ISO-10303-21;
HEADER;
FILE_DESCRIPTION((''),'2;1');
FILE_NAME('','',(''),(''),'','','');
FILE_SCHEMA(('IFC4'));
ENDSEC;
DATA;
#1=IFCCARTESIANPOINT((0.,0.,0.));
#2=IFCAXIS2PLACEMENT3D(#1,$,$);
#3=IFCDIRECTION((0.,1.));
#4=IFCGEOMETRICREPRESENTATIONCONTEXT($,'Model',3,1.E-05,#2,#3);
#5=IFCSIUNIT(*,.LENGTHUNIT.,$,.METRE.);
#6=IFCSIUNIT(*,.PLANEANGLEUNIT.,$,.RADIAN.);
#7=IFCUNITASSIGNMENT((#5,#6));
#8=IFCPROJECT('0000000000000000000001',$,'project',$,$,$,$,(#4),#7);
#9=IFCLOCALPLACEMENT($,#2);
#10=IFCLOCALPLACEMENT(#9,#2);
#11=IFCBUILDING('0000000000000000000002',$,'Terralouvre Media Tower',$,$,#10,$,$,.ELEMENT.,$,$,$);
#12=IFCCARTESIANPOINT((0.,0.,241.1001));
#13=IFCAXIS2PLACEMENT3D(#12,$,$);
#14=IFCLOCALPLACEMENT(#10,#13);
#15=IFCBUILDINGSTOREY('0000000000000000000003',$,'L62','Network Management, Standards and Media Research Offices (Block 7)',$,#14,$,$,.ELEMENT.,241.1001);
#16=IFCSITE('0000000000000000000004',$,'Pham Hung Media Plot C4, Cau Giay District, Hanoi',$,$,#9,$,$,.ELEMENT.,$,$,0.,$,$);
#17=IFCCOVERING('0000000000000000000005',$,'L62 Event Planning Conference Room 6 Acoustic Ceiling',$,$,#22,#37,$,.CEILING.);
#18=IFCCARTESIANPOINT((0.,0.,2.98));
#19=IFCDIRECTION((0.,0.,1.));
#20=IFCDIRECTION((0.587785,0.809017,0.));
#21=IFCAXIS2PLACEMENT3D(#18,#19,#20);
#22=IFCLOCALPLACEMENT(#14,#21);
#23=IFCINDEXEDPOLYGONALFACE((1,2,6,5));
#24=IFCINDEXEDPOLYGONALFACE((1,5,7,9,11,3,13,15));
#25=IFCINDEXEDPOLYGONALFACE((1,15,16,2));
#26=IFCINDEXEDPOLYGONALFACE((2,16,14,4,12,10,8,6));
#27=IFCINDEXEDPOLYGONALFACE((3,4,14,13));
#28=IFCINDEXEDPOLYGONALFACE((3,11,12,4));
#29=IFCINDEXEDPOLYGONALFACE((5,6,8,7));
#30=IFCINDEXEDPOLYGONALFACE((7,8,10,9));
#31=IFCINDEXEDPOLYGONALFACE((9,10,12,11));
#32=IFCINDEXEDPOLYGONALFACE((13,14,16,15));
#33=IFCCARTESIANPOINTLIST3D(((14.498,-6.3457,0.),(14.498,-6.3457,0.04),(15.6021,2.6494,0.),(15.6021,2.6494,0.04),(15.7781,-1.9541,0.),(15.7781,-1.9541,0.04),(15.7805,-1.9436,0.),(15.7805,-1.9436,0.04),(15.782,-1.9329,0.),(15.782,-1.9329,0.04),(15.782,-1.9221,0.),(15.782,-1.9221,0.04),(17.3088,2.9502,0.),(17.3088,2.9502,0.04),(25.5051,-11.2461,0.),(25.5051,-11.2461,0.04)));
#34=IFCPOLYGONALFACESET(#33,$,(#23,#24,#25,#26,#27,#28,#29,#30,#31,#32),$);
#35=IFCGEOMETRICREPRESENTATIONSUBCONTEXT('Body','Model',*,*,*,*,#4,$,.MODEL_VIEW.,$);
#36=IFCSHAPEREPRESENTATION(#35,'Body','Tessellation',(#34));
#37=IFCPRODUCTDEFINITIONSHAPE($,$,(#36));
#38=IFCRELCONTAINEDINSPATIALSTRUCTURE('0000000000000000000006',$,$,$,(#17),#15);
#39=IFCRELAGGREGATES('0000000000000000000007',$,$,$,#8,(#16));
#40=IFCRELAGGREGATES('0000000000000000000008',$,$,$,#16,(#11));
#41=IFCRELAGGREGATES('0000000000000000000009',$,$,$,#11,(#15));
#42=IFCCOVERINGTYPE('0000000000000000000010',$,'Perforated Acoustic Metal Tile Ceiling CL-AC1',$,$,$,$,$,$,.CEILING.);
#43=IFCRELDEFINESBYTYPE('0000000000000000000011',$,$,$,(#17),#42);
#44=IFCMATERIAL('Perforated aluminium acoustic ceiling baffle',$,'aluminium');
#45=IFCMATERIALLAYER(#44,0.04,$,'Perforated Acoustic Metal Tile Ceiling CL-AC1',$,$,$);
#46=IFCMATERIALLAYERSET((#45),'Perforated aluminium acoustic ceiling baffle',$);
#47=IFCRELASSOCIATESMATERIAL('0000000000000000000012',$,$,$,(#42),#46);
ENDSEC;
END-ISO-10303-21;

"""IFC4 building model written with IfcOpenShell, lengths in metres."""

from ifc_helpers import new_model, si_unit, direction, frame, origin, place, context, subcontext, project, spatial, polyline, outline, extrude, material, layer, layer_set, type_object, element, save


model = new_model("IFC4")

# Units and contexts
model_context = context("Model", 3, precision=1e-05, world=origin(), true_north=direction((0.0, 1.0)))
body_context = subcontext(model_context, "Body", "Model", "MODEL_VIEW")
ifc_project = project(units=[si_unit("LENGTHUNIT", "METRE"), si_unit("PLANEANGLEUNIT", "RADIAN")], contexts=[model_context])

# Site, building, storey
site_placement = place(None, origin())
site = spatial("IfcSite", under=ifc_project, at=site_placement, Name="Pham Hung Media Plot C4, Cau Giay District, Hanoi", CompositionType="ELEMENT", RefElevation=0.0)
building_placement = place(site_placement, origin())
building = spatial("IfcBuilding", under=site, at=building_placement, Name="Terralouvre Media Tower", CompositionType="ELEMENT")
storey_placement = place(building_placement, frame((0.0, 0.0, 241.1001)))
storey = spatial("IfcBuildingStorey", under=building, at=storey_placement, Name="L62", Description="Network Management, Standards and Media Research Offices (Block 7)", CompositionType="ELEMENT", Elevation=241.1001)

# Covering
ifc_material_1 = material(Name="Perforated aluminium acoustic ceiling baffle", Category="aluminium")
ifc_layer_1 = layer(ifc_material_1, 0.04, Name="Perforated Acoustic Metal Tile Ceiling CL-AC1")
ifc_layer_set_1 = layer_set([ifc_layer_1], Name="Perforated aluminium acoustic ceiling baffle")
covering_type = type_object("IfcCoveringType", Name="Perforated Acoustic Metal Tile Ceiling CL-AC1", PredefinedType="CEILING", material=ifc_layer_set_1)
covering_placement = place(storey_placement, frame((0.0, 0.0, 2.98), z_axis=(0.0, 0.0, 1.0), x_axis=(0.587785, 0.809017, 0.0)))
element("IfcCovering", 1, at=covering_placement, inside=storey, type_object=covering_type, Name="L62 Event Planning Conference Room 6 Acoustic Ceiling", PredefinedType="CEILING", context=body_context, shape_type="SweptSolid", body=[
    extrude(outline(polyline([(15.782, -1.9221), (15.782, -1.9329), (15.7805, -1.9436), (15.7781, -1.9541), (14.498, -6.3457), (25.5051, -11.2461), (17.3088, 2.9502), (15.6021, 2.6494), (15.782, -1.9221)])), origin(), (0.0, 0.0, 1.0), 0.04),
])

save(model, "model.ifc")
